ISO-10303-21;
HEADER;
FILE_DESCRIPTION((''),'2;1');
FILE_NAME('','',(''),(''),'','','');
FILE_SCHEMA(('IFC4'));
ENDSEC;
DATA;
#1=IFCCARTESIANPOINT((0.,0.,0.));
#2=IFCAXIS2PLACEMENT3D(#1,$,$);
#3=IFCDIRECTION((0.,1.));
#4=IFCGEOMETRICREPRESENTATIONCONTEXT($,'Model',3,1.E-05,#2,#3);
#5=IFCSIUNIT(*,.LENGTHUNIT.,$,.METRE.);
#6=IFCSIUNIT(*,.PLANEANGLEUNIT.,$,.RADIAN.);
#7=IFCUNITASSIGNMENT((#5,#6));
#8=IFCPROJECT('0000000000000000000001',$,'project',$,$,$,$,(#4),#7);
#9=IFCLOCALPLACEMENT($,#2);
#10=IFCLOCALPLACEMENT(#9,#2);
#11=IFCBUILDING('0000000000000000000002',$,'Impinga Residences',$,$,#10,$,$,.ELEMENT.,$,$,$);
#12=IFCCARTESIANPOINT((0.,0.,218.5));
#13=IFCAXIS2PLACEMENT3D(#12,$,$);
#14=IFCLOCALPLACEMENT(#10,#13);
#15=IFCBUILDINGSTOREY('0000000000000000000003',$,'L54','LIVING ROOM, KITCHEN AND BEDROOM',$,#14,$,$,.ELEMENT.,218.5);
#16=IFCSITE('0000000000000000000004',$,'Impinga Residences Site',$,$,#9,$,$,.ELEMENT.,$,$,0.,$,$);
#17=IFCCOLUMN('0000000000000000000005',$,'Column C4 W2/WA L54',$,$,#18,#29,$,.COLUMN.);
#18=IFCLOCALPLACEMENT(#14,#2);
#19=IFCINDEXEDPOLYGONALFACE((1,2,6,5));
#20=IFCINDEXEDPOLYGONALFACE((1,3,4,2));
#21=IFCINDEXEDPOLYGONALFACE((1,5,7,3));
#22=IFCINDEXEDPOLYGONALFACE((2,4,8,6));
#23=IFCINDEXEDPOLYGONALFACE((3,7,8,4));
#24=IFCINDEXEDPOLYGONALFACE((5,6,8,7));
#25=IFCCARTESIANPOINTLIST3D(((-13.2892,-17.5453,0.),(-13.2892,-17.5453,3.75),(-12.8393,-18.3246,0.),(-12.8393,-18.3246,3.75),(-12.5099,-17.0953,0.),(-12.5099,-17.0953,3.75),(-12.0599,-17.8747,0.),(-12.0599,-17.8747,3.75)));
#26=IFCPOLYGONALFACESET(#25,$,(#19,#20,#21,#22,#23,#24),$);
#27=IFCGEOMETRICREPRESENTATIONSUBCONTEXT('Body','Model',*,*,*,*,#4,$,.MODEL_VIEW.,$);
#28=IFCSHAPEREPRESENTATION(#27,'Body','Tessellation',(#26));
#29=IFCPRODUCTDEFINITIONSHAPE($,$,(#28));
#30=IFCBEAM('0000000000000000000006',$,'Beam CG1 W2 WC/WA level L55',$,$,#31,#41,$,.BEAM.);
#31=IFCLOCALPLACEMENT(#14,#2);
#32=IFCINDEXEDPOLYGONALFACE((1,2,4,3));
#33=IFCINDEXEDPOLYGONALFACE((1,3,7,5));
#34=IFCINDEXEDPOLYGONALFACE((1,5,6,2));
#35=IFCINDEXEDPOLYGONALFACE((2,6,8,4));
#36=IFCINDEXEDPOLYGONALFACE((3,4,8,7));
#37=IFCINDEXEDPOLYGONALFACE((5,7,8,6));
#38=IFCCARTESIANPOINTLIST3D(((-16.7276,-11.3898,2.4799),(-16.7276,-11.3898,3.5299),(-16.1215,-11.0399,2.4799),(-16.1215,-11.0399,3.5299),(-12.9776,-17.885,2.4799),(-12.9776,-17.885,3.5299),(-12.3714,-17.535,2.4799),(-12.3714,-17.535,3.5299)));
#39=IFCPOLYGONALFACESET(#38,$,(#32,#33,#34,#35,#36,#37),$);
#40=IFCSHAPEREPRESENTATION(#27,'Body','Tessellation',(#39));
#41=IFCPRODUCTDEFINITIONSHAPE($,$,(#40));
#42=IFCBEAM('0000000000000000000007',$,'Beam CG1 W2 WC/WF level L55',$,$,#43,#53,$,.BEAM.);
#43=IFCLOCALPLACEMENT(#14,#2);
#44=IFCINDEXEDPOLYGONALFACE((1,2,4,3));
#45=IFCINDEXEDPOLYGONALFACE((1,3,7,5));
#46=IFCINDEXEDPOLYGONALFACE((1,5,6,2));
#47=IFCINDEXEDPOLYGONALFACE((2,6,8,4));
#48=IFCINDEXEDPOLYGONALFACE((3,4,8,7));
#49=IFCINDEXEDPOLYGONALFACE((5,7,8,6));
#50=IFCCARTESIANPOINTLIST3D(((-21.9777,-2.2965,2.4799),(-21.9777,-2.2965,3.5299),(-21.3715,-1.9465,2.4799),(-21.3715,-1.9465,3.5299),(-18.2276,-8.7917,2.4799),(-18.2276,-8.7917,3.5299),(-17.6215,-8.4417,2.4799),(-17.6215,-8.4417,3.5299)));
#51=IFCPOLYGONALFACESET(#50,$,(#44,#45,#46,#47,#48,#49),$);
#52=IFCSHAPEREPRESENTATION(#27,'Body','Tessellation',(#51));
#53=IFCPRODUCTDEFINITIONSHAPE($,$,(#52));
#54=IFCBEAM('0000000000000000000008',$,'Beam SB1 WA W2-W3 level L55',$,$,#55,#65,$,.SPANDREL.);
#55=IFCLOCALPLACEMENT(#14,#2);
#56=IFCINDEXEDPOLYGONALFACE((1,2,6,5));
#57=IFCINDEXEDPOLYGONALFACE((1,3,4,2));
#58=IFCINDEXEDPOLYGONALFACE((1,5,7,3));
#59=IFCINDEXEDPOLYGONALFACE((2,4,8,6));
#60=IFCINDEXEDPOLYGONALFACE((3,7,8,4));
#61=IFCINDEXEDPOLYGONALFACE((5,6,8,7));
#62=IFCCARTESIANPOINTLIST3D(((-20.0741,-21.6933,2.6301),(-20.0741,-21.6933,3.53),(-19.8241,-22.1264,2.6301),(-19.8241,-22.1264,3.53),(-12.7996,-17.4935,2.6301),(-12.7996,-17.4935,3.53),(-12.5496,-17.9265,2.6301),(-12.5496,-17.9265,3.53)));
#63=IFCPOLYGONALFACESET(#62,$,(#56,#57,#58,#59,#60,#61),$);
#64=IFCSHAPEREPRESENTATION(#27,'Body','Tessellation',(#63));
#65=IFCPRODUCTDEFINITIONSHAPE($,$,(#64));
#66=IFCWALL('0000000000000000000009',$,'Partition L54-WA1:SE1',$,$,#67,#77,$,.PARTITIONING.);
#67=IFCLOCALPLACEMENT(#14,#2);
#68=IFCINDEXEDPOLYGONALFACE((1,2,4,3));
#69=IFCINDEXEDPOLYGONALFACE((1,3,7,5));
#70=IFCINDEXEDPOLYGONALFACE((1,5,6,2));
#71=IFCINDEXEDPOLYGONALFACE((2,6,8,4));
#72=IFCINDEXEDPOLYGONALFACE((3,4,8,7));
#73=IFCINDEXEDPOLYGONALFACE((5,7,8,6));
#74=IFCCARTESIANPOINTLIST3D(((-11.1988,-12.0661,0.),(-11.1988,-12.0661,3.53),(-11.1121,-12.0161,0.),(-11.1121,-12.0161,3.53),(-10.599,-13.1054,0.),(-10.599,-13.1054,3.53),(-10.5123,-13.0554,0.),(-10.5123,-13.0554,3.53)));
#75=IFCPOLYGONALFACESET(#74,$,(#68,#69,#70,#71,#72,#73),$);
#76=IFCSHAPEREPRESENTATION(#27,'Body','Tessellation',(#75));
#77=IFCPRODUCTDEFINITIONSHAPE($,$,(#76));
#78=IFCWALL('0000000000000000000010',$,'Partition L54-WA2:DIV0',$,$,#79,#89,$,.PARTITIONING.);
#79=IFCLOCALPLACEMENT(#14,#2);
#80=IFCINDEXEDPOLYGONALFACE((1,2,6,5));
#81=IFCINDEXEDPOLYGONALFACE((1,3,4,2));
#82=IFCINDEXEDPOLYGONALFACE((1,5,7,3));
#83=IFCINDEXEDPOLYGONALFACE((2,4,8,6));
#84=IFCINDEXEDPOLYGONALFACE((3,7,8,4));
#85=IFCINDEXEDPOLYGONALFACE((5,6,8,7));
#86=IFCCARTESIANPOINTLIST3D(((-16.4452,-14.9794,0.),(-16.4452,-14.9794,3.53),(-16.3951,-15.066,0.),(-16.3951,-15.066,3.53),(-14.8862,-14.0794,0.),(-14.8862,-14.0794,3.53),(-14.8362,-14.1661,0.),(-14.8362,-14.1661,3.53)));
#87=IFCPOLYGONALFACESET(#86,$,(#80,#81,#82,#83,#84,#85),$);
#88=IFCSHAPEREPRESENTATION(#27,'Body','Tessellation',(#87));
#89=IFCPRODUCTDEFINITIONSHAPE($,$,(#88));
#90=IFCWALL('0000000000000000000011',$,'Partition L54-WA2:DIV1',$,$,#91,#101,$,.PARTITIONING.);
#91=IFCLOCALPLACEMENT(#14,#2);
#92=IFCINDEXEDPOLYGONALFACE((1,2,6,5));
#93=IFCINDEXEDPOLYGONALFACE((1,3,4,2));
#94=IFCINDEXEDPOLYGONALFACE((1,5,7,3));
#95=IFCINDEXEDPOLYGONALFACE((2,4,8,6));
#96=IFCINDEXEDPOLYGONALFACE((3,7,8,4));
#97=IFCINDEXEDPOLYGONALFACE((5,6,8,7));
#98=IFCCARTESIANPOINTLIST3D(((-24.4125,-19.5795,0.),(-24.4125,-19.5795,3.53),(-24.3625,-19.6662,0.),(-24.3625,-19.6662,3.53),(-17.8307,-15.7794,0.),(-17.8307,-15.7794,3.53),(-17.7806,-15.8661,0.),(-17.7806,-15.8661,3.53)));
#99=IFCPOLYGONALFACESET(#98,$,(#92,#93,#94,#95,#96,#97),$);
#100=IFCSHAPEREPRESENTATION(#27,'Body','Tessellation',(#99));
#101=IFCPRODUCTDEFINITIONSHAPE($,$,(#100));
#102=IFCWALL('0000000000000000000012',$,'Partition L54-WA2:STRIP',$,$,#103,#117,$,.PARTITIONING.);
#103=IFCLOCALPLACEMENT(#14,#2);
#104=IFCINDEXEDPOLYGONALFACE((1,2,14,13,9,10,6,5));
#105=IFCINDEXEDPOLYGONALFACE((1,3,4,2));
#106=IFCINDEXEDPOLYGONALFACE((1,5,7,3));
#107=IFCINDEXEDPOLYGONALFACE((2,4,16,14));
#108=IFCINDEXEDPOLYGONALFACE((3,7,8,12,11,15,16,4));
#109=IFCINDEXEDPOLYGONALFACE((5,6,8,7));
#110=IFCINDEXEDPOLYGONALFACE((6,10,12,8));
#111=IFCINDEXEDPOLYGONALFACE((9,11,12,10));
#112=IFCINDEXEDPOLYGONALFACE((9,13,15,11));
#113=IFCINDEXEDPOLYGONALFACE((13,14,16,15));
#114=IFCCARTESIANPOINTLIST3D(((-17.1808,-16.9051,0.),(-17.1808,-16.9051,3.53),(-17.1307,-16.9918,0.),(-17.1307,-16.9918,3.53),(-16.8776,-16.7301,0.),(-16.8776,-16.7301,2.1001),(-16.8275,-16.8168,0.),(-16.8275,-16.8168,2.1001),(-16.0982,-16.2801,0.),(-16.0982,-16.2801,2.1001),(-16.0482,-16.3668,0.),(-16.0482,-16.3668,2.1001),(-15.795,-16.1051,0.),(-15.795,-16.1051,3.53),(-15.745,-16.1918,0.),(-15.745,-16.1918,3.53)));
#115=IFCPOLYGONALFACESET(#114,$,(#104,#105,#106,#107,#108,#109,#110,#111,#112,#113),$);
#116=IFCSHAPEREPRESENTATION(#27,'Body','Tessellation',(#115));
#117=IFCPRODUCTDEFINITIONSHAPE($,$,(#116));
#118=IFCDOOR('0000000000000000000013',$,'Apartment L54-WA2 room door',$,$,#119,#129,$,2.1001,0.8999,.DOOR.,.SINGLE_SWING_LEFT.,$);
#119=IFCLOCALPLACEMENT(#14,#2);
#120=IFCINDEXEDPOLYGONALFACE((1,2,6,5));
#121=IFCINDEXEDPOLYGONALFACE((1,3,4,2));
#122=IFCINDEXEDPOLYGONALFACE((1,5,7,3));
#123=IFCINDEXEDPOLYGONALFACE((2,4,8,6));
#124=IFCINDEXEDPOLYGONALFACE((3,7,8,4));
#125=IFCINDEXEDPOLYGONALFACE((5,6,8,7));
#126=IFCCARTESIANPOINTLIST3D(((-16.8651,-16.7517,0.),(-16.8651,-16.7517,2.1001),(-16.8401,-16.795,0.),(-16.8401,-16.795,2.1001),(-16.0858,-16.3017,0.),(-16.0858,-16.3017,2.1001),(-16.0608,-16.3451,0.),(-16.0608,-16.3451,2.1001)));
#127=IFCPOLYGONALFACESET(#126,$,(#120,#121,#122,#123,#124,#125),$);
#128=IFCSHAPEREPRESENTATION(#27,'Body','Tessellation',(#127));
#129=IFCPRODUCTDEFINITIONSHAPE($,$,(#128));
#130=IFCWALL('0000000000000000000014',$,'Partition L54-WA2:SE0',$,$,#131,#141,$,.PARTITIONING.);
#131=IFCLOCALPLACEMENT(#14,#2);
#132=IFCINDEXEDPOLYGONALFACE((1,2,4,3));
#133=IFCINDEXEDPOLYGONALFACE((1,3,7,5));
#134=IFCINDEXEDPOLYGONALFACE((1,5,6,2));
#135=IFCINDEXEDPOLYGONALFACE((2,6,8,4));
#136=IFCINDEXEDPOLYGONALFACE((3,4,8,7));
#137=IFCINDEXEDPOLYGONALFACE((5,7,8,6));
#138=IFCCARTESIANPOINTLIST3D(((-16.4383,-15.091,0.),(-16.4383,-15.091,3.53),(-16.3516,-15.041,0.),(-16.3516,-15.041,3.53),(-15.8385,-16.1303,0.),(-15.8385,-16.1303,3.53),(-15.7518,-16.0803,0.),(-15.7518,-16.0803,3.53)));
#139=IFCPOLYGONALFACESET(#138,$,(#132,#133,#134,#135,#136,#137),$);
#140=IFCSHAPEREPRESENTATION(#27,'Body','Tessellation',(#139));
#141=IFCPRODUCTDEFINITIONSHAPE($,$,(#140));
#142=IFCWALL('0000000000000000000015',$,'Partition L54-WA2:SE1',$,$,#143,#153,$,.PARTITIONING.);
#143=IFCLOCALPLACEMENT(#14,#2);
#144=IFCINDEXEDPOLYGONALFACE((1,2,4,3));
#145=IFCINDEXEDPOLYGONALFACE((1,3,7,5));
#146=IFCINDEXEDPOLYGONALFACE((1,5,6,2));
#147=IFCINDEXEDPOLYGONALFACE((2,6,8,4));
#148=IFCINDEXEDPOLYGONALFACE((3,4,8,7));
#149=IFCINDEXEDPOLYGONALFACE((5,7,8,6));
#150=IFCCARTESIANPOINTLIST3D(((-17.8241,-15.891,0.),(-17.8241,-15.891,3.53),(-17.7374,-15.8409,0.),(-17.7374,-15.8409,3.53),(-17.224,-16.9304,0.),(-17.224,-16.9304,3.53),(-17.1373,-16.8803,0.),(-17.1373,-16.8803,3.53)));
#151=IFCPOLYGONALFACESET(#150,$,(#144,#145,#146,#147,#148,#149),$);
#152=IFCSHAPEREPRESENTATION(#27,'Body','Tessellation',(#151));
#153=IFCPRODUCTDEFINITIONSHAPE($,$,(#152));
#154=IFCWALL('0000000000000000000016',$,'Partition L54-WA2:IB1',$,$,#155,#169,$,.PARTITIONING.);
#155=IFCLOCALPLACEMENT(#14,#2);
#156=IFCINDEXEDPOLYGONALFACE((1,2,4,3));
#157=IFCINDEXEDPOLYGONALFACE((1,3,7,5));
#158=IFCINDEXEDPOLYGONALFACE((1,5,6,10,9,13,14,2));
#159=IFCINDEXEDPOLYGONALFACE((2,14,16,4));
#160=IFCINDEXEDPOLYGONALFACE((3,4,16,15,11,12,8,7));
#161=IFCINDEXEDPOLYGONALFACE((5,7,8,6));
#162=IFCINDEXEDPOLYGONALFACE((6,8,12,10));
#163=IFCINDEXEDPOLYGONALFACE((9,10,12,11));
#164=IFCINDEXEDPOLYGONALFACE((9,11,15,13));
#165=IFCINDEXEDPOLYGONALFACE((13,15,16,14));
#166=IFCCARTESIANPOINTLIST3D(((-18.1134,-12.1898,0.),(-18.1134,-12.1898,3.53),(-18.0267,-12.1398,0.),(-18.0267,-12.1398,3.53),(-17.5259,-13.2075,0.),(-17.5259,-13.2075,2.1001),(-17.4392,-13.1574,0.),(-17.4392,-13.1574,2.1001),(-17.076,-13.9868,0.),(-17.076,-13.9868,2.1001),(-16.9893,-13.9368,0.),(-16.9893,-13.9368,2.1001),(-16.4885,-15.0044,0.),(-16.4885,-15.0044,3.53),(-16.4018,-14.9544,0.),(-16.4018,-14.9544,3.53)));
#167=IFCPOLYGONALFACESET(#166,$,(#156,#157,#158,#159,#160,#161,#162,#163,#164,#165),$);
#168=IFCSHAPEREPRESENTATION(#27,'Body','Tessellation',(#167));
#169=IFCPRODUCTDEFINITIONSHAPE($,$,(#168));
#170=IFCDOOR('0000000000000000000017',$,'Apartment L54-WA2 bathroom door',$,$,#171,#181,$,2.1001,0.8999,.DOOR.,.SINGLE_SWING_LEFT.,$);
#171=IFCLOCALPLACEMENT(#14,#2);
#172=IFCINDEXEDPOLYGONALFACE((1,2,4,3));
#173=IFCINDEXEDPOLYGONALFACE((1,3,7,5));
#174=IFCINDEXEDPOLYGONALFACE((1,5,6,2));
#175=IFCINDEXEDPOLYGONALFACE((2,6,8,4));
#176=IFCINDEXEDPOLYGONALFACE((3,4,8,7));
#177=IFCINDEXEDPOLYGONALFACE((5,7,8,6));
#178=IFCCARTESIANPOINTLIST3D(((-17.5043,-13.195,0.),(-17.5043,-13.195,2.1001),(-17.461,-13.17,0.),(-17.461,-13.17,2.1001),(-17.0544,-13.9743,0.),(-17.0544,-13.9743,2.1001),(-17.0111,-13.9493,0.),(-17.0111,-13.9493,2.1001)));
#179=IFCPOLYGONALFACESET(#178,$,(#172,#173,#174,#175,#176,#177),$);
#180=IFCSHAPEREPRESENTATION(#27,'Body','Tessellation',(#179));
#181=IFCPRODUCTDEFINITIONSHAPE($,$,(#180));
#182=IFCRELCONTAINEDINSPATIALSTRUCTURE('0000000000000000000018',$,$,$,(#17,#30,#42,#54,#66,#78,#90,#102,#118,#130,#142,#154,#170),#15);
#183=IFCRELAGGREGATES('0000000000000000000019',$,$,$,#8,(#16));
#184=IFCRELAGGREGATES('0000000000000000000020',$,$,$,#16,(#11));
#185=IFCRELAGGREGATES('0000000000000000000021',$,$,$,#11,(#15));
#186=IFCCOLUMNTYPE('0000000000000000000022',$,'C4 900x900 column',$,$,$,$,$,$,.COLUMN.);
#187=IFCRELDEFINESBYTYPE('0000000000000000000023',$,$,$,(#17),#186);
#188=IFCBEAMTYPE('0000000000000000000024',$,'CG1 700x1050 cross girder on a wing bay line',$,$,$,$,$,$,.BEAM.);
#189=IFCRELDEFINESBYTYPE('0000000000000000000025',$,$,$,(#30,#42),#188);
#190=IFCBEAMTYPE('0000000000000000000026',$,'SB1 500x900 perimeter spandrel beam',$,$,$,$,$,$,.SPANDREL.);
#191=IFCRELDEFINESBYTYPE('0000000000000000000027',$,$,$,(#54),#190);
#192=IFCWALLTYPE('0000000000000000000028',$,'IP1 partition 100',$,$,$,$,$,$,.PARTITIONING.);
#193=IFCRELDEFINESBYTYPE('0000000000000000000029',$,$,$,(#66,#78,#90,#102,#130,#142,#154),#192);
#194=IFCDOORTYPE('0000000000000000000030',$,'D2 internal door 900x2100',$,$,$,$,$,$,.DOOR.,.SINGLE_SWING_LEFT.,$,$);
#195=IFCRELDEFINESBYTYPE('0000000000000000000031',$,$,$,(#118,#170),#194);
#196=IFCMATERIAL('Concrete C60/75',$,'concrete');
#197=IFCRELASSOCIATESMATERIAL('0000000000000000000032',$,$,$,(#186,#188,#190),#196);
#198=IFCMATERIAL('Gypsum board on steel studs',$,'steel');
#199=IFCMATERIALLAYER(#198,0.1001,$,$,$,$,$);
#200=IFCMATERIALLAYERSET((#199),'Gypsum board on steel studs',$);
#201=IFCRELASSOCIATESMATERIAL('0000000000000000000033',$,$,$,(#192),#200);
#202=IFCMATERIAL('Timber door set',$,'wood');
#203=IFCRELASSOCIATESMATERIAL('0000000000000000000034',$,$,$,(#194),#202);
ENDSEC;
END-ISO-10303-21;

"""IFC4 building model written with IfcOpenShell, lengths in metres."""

from ifc_helpers import new_model, si_unit, direction, frame, frame_2d, origin, origin_2d, place, context, subcontext, project, spatial, rectangle, extrude, material, layer, layer_set, material_profile, profile_set, type_object, element, fill, save


model = new_model("IFC4")

# Units and contexts
model_context = context("Model", 3, precision=1e-05, world=origin(), true_north=direction((0.0, 1.0)))
body_context = subcontext(model_context, "Body", "Model", "MODEL_VIEW")
ifc_project = project(units=[si_unit("LENGTHUNIT", "METRE"), si_unit("PLANEANGLEUNIT", "RADIAN")], contexts=[model_context])

# Site, building, storey
site_placement = place(None, origin())
site = spatial("IfcSite", under=ifc_project, at=site_placement, Name="Impinga Residences Site", CompositionType="ELEMENT", RefElevation=0.0)
building_placement = place(site_placement, origin())
building = spatial("IfcBuilding", under=site, at=building_placement, Name="Impinga Residences", CompositionType="ELEMENT")
storey_placement = place(building_placement, frame((0.0, 0.0, 218.5)))
storey = spatial("IfcBuildingStorey", under=building, at=storey_placement, Name="L54", Description="LIVING ROOM, KITCHEN AND BEDROOM", CompositionType="ELEMENT", Elevation=218.5)

# Column
ifc_material_1 = material(Name="Concrete C60/75", Category="concrete")
ifc_material_profile_1 = material_profile(ifc_material_1, rectangle(XDim=0.8999, YDim=0.8999, at=origin_2d()), Name="RC 900x900")
ifc_profile_set_1 = profile_set([ifc_material_profile_1], Name="Concrete C60/75")
column_type = type_object("IfcColumnType", Name="C4 900x900 column", PredefinedType="COLUMN", material=ifc_profile_set_1)
column_placement = place(storey_placement, frame((-12.6746, -17.71, 0.0), z_axis=(0.0, 0.0, 1.0), x_axis=(-0.5, 0.866025, 0.0)))
element("IfcColumn", 1, at=column_placement, inside=storey, type_object=column_type, Name="Column C4 W2/WA L54", PredefinedType="COLUMN", context=body_context, shape_type="SweptSolid", body=[
    extrude(rectangle(XDim=0.8999, YDim=0.8999, at=origin_2d()), origin(), (0.0, 0.0, 1.0), 3.75),
])

# Beams
ifc_material_profile_2 = material_profile(ifc_material_1, rectangle(XDim=0.7, YDim=1.05, at=origin_2d()), Name="RC 700x1050")
ifc_profile_set_2 = profile_set([ifc_material_profile_2], Name="Concrete C60/75")
beam_type_1 = type_object("IfcBeamType", Name="CG1 700x1050 cross girder on a wing bay line", PredefinedType="BEAM", material=ifc_profile_set_2)
for number, where, z_axis, x_axis, name in (
    (2, (-16.4246, -11.2148, 3.0049), (0.500004, -0.866023, 0.0), (0.866023, 0.500004, 0.0), "Beam CG1 W2 WC/WA level L55"),
    (3, (-17.9246, -8.6167, 3.0049), (-0.500004, 0.866023, 0.0), (-0.866023, -0.500004, 0.0), "Beam CG1 W2 WC/WF level L55"),
):
    element("IfcBeam", number, at=place(storey_placement, frame(where, z_axis=z_axis, x_axis=x_axis)), inside=storey, type_object=beam_type_1, Name=name, PredefinedType="BEAM", context=body_context, shape_type="SweptSolid", body=[
        extrude(rectangle(XDim=0.7, YDim=1.05, at=origin_2d()), origin(), (0.0, 0.0, 1.0), 7.5),
    ])
ifc_material_profile_3 = material_profile(ifc_material_1, rectangle(XDim=0.5, YDim=0.8999, at=origin_2d()), Name="RC 500x900")
ifc_profile_set_3 = profile_set([ifc_material_profile_3], Name="Concrete C60/75")
beam_type_2 = type_object("IfcBeamType", Name="SB1 500x900 perimeter spandrel beam", PredefinedType="SPANDREL", material=ifc_profile_set_3)
beam_placement = place(storey_placement, frame((-12.6746, -17.71, 3.0801), z_axis=(-0.866029, -0.499993, 0.0), x_axis=(0.499993, -0.866029, 0.0)))
element("IfcBeam", 4, at=beam_placement, inside=storey, type_object=beam_type_2, Name="Beam SB1 WA W2-W3 level L55", PredefinedType="SPANDREL", context=body_context, shape_type="SweptSolid", body=[
    extrude(rectangle(XDim=0.5, YDim=0.8999, at=origin_2d()), origin(), (0.0, 0.0, 1.0), 8.3999),
])

# Walls
ifc_material_2 = material(Name="Gypsum board on steel studs", Category="steel")
ifc_layer_1 = layer(ifc_material_2, 0.1001)
ifc_layer_set_1 = layer_set([ifc_layer_1], Name="Gypsum board on steel studs")
wall_type_1 = type_object("IfcWallType", Name="IP1 partition 100", PredefinedType="PARTITIONING", material=ifc_layer_set_1)
wall_1_placement = place(storey_placement, frame((-11.1555, -12.041, 0.0), z_axis=(0.0, 0.0, 1.0), x_axis=(0.499881, -0.866094, 0.0)))
element("IfcWall", 5, at=wall_1_placement, inside=storey, type_object=wall_type_1, Name="Partition L54-WA1:SE1", PredefinedType="PARTITIONING", context=body_context, shape_type="SweptSolid", body=[
    extrude(rectangle(XDim=1.2, YDim=0.1001, at=frame_2d((0.6001, 0.0))), origin(), (0.0, 0.0, 1.0), 3.53),
])
wall_2_placement = place(storey_placement, frame((-14.8613, -14.1228, 0.0), z_axis=(0.0, 0.0, 1.0), x_axis=(-0.866048, -0.499961, 0.0)))
element("IfcWall", 6, at=wall_2_placement, inside=storey, type_object=wall_type_1, Name="Partition L54-WA2:DIV0", PredefinedType="PARTITIONING", context=body_context, shape_type="SweptSolid", body=[
    extrude(rectangle(XDim=1.8, YDim=0.1001, at=frame_2d((0.8999, 0.0))), origin(), (0.0, 0.0, 1.0), 3.53),
])
wall_3_placement = place(storey_placement, frame((-17.8057, -15.8228, 0.0), z_axis=(0.0, 0.0, 1.0), x_axis=(-0.866022, -0.500005, 0.0)))
element("IfcWall", 7, at=wall_3_placement, inside=storey, type_object=wall_type_1, Name="Partition L54-WA2:DIV1", PredefinedType="PARTITIONING", context=body_context, shape_type="SweptSolid", body=[
    extrude(rectangle(XDim=7.6001, YDim=0.1001, at=frame_2d((3.8, 0.0))), origin(), (0.0, 0.0, 1.0), 3.53),
])

# Wall, opening, door
wall_4_placement = place(storey_placement, frame((-15.77, -16.1484, 0.0), z_axis=(0.0, 0.0, 1.0), x_axis=(-0.866028, -0.499995, 0.0)))
wall_4 = element("IfcWall", 8, at=wall_4_placement, inside=storey, type_object=wall_type_1, Name="Partition L54-WA2:STRIP", PredefinedType="PARTITIONING", context=body_context, shape_type="SweptSolid", body=[
    extrude(rectangle(XDim=1.6001, YDim=0.1001, at=frame_2d((0.8, 0.0))), origin(), (0.0, 0.0, 1.0), 3.53),
])
opening_1_placement = place(wall_4_placement, frame((0.3501, 0.0, 0.0)))
opening_1 = element("IfcOpeningElement", 9, at=opening_1_placement, cuts=wall_4, PredefinedType="OPENING", context=body_context, shape_type="SweptSolid", body=[
    extrude(rectangle(XDim=0.8999, YDim=2.1001, at=frame_2d((0.45, 1.05))), frame((0.0, 0.0601, 0.0), z_axis=(0.0, -1.0, 0.0), x_axis=(1.0, 0.0, 0.0)), (0.0, 0.0, 1.0), 0.1201),
])
ifc_material_3 = material(Name="Timber door set", Category="wood")
door_type = type_object("IfcDoorType", Name="D2 internal door 900x2100", OperationType="SINGLE_SWING_LEFT", PredefinedType="DOOR", material=ifc_material_3)
door_1_placement = place(opening_1_placement, origin())
door_1 = element("IfcDoor", 10, at=door_1_placement, inside=storey, type_object=door_type, Name="Apartment L54-WA2 room door", OperationType="SINGLE_SWING_LEFT", OverallHeight=2.1001, OverallWidth=0.8999, PredefinedType="DOOR", context=body_context, shape_type="SweptSolid", body=[
    extrude(rectangle(XDim=0.8999, YDim=2.1001, at=frame_2d((0.45, 1.05))), frame((0.0, 0.0249, 0.0), z_axis=(0.0, -1.0, 0.0), x_axis=(1.0, 0.0, 0.0)), (0.0, 0.0, 1.0), 0.05),
])
fill(opening_1, door_1)

# Walls
wall_5_placement = place(storey_placement, frame((-16.395, -15.0659, 0.0), z_axis=(0.0, 0.0, 1.0), x_axis=(0.499881, -0.866094, 0.0)))
element("IfcWall", 11, at=wall_5_placement, inside=storey, type_object=wall_type_1, Name="Partition L54-WA2:SE0", PredefinedType="PARTITIONING", context=body_context, shape_type="SweptSolid", body=[
    extrude(rectangle(XDim=1.2, YDim=0.1001, at=frame_2d((0.6001, 0.0))), origin(), (0.0, 0.0, 1.0), 3.53),
])
wall_6_placement = place(storey_placement, frame((-17.7808, -15.866, 0.0), z_axis=(0.0, 0.0, 1.0), x_axis=(0.500034, -0.866006, 0.0)))
element("IfcWall", 12, at=wall_6_placement, inside=storey, type_object=wall_type_1, Name="Partition L54-WA2:SE1", PredefinedType="PARTITIONING", context=body_context, shape_type="SweptSolid", body=[
    extrude(rectangle(XDim=1.2002, YDim=0.1001, at=frame_2d((0.6001, 0.0))), origin(), (0.0, 0.0, 1.0), 3.53),
])

# Wall, opening, door
wall_7_placement = place(storey_placement, frame((-18.0701, -12.1648, 0.0), z_axis=(0.0, 0.0, 1.0), x_axis=(0.499985, -0.866034, 0.0)))
wall_7 = element("IfcWall", 13, at=wall_7_placement, inside=storey, type_object=wall_type_1, Name="Partition L54-WA2:IB1", PredefinedType="PARTITIONING", context=body_context, shape_type="SweptSolid", body=[
    extrude(rectangle(XDim=3.25, YDim=0.1001, at=frame_2d((1.625, 0.0))), origin(), (0.0, 0.0, 1.0), 3.53),
])
opening_2_placement = place(wall_7_placement, frame((1.175, 0.0, 0.0)))
opening_2 = element("IfcOpeningElement", 14, at=opening_2_placement, cuts=wall_7, PredefinedType="OPENING", context=body_context, shape_type="SweptSolid", body=[
    extrude(rectangle(XDim=0.8999, YDim=2.1001, at=frame_2d((0.45, 1.05))), frame((0.0, 0.0601, 0.0), z_axis=(0.0, -1.0, 0.0), x_axis=(1.0, 0.0, 0.0)), (0.0, 0.0, 1.0), 0.1201),
])
door_2_placement = place(opening_2_placement, origin())
door_2 = element("IfcDoor", 15, at=door_2_placement, inside=storey, type_object=door_type, Name="Apartment L54-WA2 bathroom door", OperationType="SINGLE_SWING_LEFT", OverallHeight=2.1001, OverallWidth=0.8999, PredefinedType="DOOR", context=body_context, shape_type="SweptSolid", body=[
    extrude(rectangle(XDim=0.8999, YDim=2.1001, at=frame_2d((0.45, 1.05))), frame((0.0, 0.0249, 0.0), z_axis=(0.0, -1.0, 0.0), x_axis=(1.0, 0.0, 0.0)), (0.0, 0.0, 1.0), 0.05),
])
fill(opening_2, door_2)

save(model, "model.ifc")
